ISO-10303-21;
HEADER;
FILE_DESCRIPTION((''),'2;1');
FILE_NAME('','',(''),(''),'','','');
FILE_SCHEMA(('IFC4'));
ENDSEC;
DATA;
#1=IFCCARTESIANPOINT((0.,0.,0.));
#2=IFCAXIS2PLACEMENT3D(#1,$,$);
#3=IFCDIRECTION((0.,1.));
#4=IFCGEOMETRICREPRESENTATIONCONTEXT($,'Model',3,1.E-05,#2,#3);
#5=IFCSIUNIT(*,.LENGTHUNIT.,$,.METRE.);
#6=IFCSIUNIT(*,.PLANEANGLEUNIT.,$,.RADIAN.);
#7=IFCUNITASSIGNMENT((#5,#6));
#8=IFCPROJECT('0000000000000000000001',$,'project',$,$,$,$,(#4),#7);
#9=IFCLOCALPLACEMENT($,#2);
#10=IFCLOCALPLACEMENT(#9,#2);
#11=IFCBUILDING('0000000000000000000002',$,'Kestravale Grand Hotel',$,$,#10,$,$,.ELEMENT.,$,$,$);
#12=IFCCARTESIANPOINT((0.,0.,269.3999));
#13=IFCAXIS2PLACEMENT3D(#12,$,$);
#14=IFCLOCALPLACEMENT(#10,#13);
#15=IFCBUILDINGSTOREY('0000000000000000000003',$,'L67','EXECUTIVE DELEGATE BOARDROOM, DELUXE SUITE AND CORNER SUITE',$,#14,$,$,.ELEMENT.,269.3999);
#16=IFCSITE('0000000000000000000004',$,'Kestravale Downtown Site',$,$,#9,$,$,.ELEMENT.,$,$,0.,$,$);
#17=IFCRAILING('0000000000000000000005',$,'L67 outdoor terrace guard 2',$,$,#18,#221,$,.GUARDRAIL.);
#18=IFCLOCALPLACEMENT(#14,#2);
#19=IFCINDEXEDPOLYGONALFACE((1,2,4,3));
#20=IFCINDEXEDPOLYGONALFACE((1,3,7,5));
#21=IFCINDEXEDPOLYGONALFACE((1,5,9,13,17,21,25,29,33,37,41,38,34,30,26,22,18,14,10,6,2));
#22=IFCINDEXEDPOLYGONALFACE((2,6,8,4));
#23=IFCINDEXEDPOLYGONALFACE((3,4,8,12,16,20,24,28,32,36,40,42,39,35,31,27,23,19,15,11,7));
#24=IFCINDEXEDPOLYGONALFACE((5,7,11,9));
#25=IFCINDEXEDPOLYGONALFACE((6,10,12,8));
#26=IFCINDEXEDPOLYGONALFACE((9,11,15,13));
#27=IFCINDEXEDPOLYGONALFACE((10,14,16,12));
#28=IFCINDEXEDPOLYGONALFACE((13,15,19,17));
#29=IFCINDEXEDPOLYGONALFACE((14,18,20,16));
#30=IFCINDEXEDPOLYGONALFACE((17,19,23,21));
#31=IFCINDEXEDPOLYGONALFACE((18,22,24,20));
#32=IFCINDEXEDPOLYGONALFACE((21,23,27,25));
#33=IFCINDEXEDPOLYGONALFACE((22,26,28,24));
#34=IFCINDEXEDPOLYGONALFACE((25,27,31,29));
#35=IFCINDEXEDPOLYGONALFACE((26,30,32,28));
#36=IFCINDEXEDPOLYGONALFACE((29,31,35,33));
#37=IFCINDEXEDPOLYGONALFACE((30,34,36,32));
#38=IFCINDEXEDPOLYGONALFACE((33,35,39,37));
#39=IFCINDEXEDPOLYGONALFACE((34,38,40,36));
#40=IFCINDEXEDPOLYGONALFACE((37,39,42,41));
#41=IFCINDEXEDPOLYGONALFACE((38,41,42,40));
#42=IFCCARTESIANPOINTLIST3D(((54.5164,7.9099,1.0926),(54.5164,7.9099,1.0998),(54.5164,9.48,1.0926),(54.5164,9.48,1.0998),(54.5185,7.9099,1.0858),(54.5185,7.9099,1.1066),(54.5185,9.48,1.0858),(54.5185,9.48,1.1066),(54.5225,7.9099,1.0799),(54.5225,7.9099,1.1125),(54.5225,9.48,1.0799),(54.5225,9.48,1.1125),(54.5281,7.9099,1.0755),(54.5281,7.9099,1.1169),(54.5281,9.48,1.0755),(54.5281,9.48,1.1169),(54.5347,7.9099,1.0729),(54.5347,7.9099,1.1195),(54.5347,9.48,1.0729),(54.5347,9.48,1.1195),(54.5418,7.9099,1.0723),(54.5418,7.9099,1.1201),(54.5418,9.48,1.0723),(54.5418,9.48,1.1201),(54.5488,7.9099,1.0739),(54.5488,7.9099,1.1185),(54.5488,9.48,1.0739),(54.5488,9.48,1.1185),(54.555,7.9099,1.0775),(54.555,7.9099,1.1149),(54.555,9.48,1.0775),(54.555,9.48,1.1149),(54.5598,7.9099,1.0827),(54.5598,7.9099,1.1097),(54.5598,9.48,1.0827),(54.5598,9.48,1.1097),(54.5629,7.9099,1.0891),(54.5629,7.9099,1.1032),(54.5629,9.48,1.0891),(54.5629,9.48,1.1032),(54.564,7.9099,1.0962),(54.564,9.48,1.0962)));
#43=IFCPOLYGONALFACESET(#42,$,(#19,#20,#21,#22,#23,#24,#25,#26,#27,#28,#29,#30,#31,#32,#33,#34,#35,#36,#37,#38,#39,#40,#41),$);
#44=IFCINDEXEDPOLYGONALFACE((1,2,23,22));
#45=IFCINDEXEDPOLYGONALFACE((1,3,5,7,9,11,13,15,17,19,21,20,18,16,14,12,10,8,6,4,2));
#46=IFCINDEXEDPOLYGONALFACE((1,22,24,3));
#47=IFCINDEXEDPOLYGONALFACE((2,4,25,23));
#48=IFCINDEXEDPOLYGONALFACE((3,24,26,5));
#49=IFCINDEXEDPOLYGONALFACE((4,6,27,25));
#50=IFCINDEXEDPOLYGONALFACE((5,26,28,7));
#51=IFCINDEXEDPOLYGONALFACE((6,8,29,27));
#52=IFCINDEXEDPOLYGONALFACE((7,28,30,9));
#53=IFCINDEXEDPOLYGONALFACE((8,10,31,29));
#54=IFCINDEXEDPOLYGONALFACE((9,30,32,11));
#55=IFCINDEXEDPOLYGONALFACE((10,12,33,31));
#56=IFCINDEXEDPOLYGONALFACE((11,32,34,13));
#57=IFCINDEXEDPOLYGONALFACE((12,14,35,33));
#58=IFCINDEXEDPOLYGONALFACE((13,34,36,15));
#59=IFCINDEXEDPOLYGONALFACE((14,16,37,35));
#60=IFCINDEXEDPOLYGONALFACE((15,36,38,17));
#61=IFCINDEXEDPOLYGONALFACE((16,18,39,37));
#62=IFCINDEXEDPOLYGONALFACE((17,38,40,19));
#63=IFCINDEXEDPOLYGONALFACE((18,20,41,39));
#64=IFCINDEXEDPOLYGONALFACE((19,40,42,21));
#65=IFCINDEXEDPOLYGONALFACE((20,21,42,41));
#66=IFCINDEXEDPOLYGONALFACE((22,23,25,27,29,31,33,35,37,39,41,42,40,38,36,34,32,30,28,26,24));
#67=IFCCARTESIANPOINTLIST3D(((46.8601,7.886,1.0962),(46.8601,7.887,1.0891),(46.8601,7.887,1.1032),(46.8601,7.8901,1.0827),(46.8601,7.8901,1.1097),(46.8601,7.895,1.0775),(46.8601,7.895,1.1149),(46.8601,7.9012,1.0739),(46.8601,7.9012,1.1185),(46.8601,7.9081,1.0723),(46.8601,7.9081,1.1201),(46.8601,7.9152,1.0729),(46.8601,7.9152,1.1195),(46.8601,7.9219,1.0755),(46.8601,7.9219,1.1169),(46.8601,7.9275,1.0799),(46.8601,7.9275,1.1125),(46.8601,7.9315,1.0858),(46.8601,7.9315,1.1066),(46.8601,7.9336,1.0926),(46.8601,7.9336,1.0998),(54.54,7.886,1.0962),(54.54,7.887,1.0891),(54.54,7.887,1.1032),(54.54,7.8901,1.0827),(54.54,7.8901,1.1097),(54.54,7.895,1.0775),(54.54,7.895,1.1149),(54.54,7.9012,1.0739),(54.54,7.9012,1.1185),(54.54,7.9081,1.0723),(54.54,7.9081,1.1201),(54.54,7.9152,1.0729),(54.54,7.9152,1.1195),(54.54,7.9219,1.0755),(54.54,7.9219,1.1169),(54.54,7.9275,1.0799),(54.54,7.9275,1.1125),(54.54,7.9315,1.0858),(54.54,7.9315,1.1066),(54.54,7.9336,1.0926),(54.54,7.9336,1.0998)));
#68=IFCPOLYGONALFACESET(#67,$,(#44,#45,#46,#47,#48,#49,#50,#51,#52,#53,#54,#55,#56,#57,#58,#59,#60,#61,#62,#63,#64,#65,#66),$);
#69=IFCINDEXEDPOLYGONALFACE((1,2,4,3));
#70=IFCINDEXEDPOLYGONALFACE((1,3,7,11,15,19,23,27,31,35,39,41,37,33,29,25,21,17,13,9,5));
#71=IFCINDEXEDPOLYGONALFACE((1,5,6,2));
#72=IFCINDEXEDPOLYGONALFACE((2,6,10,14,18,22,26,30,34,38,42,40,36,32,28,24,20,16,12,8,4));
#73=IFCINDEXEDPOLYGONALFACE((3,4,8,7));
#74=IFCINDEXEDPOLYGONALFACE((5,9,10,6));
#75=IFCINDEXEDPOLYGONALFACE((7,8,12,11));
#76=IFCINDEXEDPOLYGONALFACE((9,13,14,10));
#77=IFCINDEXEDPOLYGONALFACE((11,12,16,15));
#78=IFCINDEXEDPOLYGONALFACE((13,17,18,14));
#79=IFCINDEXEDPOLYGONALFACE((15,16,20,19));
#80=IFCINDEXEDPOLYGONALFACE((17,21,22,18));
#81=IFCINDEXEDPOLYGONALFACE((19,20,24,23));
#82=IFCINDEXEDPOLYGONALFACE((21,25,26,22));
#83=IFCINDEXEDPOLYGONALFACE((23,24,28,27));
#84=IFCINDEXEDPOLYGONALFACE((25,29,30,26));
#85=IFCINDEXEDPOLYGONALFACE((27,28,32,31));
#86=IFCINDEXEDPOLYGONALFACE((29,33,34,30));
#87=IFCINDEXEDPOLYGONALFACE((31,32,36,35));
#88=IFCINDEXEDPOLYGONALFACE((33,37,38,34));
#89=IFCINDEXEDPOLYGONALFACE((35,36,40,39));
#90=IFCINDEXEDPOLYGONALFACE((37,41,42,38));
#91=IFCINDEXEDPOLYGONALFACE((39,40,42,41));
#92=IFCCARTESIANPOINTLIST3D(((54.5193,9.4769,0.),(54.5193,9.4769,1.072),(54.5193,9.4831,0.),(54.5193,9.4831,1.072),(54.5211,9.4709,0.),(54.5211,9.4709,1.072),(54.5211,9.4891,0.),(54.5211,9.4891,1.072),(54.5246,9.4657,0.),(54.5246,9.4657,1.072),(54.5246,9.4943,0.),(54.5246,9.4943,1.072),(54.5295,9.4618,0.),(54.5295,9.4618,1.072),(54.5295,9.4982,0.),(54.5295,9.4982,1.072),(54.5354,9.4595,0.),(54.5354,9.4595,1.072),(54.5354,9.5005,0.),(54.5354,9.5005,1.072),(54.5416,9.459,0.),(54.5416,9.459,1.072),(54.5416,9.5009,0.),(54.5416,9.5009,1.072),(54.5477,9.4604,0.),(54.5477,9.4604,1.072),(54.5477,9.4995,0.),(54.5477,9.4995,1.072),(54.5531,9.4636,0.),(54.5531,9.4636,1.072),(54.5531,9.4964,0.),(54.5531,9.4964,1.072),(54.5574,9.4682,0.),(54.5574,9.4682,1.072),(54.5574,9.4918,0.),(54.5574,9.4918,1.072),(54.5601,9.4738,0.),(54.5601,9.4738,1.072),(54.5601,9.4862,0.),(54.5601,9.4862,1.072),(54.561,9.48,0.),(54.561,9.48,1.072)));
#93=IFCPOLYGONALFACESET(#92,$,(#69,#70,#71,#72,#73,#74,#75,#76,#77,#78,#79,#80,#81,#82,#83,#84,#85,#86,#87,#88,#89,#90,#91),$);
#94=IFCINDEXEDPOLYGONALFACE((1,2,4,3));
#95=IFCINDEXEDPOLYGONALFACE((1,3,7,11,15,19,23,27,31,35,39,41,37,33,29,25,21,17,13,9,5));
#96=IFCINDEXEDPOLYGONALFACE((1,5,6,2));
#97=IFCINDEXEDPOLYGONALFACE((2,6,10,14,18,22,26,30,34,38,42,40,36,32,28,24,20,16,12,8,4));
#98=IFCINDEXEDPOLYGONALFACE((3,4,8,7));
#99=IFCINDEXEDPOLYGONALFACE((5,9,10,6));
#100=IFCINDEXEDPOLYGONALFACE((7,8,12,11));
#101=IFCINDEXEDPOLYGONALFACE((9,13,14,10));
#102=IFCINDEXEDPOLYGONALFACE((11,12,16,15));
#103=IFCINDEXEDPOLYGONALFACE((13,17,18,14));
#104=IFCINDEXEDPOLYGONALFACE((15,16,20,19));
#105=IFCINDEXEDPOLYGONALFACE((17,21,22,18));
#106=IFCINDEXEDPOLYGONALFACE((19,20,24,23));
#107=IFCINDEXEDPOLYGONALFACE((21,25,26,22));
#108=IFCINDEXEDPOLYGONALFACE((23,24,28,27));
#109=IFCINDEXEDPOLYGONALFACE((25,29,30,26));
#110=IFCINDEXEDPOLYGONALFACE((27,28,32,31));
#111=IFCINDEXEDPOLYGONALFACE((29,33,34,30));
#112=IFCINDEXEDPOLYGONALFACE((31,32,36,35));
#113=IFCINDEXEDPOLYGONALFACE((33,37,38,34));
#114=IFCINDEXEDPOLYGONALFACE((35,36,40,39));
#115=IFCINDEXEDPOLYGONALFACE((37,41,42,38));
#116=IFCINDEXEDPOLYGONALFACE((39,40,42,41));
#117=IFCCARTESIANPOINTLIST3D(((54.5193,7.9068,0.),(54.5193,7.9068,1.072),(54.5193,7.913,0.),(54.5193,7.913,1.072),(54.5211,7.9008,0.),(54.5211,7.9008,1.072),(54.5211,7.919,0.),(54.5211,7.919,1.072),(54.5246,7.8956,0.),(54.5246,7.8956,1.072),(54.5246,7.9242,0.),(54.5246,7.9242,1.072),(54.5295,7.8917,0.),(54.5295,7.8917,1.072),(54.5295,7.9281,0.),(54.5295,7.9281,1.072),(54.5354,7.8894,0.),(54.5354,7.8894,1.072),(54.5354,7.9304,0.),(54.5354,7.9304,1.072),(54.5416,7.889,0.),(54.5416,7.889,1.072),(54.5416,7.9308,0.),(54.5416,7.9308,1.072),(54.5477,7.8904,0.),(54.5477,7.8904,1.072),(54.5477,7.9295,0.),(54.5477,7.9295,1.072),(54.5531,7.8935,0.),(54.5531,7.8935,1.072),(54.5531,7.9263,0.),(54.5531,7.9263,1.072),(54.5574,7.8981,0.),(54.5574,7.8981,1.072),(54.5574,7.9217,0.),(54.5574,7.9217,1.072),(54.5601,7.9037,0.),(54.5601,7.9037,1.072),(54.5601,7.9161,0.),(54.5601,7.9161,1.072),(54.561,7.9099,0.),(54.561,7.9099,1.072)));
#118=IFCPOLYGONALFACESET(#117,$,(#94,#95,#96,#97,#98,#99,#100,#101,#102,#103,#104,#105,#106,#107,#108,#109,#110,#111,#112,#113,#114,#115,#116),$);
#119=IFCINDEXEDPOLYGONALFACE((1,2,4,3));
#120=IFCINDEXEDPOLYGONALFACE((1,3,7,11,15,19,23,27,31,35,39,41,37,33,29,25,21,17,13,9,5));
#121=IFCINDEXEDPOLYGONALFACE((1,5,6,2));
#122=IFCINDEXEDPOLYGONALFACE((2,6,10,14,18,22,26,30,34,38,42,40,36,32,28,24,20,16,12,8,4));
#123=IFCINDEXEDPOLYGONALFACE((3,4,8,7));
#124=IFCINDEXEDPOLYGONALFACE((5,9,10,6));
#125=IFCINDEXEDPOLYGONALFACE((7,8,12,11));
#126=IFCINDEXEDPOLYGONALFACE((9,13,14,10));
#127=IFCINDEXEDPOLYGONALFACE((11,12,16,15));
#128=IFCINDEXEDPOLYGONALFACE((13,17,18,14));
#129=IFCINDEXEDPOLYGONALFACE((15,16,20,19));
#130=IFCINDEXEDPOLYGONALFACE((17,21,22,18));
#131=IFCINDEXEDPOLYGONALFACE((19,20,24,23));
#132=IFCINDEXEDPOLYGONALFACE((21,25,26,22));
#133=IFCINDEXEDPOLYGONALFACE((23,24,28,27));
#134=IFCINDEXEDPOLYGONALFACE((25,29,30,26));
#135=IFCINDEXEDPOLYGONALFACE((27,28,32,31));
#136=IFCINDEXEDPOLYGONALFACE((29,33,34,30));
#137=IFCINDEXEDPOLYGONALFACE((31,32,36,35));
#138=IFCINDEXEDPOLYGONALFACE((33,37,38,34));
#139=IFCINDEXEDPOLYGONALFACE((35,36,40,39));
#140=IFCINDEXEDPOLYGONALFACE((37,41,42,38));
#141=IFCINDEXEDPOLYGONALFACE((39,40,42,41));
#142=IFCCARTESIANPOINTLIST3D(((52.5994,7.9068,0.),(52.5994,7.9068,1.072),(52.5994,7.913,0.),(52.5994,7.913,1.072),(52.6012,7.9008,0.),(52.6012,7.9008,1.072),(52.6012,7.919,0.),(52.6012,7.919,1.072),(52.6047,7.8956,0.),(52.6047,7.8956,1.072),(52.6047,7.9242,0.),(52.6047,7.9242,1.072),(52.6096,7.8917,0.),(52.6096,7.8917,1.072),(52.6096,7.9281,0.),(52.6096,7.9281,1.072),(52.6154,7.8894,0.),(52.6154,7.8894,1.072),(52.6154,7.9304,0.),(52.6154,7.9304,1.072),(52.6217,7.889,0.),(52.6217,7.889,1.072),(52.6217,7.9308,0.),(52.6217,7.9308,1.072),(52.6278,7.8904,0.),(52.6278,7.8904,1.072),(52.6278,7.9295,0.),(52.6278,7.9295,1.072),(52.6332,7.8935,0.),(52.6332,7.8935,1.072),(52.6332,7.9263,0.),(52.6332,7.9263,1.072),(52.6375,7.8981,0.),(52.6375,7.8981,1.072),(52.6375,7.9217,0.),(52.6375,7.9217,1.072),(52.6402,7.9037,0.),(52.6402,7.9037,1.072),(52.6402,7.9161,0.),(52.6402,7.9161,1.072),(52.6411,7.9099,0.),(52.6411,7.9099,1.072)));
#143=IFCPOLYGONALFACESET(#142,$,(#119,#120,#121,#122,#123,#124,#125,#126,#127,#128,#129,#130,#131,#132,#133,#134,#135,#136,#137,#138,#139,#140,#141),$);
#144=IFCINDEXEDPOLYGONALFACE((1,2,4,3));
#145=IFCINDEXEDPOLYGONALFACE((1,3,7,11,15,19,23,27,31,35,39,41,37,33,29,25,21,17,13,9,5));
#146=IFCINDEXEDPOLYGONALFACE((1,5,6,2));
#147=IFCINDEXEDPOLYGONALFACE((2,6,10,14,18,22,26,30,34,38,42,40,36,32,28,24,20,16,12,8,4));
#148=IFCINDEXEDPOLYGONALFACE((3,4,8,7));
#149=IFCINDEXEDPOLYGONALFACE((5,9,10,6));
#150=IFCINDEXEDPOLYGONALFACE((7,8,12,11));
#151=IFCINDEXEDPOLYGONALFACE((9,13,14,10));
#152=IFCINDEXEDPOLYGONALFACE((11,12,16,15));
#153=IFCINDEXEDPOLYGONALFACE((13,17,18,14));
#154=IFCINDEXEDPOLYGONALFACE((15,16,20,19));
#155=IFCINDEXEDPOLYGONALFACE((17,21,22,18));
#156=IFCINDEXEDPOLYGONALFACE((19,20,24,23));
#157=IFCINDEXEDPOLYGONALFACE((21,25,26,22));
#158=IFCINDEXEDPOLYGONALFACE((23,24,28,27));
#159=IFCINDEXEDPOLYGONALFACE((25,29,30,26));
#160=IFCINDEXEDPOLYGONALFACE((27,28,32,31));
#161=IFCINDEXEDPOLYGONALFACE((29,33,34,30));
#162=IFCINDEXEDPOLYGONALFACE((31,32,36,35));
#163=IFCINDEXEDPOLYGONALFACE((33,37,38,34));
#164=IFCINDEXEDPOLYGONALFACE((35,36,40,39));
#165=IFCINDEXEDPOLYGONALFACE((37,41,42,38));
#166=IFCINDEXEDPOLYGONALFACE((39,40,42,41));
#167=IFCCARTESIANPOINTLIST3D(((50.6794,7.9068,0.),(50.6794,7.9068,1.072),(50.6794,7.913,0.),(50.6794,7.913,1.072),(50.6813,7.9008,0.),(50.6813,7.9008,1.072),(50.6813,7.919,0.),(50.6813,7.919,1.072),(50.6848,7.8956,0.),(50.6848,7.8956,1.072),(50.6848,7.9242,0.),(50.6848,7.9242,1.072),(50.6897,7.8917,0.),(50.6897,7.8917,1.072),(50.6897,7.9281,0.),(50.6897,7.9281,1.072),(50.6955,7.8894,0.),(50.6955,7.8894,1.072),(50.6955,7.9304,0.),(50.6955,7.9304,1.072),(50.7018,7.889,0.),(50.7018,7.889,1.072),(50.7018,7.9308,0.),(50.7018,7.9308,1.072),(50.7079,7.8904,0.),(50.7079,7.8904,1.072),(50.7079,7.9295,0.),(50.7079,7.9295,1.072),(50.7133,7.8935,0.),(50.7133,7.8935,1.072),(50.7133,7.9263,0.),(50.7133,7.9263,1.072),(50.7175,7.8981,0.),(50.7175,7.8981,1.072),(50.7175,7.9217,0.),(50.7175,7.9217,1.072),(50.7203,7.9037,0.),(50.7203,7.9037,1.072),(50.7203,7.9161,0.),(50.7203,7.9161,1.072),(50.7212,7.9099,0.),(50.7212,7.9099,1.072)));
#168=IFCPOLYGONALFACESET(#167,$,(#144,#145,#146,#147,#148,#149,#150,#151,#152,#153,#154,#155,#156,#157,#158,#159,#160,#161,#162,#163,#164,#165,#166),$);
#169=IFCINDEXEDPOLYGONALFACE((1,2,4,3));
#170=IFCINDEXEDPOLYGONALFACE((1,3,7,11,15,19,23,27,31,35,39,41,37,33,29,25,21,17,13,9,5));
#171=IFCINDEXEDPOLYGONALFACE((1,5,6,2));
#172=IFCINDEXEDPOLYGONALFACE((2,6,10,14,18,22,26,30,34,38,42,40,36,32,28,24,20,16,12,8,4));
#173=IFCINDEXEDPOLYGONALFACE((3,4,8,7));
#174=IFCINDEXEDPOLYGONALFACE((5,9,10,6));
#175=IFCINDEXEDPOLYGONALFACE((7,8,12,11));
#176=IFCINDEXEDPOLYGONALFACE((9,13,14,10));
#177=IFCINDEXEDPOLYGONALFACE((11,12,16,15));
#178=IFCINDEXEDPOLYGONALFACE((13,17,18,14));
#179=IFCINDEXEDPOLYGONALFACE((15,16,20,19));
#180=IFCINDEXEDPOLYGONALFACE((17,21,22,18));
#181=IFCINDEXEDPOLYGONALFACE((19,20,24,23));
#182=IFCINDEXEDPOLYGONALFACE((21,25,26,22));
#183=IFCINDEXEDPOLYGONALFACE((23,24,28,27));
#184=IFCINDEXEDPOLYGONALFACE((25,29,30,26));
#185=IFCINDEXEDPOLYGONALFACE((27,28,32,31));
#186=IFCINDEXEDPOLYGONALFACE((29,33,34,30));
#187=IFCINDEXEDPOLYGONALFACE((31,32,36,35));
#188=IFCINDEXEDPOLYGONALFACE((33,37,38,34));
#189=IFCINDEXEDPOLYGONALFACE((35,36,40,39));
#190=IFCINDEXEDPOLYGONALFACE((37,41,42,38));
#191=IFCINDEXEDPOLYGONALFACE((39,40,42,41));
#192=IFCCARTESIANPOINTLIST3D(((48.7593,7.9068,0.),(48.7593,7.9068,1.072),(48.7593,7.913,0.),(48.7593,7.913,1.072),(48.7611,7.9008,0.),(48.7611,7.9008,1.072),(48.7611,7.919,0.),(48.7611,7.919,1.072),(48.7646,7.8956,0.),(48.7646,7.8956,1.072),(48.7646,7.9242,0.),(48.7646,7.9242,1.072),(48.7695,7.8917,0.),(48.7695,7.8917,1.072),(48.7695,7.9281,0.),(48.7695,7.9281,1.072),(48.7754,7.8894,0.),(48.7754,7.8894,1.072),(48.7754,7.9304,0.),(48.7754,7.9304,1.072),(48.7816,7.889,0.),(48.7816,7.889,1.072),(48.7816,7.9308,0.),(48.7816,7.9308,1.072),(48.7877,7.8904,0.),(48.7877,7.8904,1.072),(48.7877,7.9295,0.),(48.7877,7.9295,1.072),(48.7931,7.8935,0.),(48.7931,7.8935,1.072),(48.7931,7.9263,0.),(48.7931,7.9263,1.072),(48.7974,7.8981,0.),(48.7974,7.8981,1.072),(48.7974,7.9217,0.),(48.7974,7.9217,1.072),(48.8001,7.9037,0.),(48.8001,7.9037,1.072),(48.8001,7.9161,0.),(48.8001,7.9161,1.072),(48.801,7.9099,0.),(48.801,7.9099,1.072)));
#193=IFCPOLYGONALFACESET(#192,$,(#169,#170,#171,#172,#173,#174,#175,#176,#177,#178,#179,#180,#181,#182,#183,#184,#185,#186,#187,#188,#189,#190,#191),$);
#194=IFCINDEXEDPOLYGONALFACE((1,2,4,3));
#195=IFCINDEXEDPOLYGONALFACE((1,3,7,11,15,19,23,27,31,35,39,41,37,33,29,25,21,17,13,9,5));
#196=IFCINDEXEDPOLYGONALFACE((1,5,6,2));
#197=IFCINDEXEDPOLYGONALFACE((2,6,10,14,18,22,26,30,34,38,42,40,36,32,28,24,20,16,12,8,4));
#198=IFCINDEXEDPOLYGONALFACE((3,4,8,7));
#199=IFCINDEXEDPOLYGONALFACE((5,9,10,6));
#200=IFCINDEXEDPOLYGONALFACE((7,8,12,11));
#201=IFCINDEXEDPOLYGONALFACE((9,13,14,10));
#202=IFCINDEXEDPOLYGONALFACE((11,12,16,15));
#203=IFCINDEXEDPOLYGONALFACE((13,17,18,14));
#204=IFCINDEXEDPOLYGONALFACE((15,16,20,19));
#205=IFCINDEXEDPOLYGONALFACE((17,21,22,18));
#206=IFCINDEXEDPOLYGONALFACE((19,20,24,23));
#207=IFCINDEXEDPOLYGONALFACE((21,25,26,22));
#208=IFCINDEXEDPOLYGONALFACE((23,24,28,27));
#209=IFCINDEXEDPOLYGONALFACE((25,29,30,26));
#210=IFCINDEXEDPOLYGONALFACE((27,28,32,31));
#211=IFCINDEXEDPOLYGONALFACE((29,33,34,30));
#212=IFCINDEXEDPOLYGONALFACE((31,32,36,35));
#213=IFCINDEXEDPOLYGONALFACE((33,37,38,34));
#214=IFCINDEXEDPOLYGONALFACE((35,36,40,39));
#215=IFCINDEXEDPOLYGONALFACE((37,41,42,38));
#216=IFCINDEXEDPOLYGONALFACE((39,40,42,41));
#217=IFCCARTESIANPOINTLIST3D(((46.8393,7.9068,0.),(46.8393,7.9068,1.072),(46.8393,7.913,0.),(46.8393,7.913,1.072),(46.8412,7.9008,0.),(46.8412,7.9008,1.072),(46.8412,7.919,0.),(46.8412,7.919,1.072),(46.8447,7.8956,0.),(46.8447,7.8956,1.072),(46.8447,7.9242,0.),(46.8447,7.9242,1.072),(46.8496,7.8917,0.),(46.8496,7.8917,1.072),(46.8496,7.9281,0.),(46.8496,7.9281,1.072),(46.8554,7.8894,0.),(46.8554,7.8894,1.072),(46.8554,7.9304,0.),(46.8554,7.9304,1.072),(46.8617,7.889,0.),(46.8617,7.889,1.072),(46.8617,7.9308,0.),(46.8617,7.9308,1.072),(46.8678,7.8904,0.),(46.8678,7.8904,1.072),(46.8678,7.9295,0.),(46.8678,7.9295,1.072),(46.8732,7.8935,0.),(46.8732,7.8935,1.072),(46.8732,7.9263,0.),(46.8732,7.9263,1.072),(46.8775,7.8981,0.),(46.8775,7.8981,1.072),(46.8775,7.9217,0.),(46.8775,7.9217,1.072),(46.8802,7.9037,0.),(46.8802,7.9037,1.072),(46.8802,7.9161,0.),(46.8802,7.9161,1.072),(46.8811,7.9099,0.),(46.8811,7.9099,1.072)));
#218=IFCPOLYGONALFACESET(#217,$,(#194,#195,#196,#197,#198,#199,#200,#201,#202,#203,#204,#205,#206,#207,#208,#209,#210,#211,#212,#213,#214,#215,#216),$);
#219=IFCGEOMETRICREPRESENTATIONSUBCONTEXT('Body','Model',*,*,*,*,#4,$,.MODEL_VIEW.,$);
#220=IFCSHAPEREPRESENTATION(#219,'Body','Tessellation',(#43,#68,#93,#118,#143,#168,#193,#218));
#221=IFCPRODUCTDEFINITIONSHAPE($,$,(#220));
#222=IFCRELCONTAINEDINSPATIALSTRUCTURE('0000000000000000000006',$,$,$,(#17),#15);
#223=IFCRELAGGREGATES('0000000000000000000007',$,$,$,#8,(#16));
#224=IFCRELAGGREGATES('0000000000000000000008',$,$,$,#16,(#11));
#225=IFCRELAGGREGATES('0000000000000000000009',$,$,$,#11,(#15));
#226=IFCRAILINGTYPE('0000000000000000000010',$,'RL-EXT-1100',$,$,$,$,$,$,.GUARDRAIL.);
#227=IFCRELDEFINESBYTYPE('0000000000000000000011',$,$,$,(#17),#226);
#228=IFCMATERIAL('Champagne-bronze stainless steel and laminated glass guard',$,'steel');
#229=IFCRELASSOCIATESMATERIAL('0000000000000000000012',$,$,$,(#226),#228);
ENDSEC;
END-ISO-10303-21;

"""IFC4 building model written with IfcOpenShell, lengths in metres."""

from ifc_helpers import new_model, si_unit, direction, frame, origin, origin_2d, place, context, subcontext, project, spatial, circle, extrude, material, type_object, element, save


model = new_model("IFC4")

# Units and contexts
model_context = context("Model", 3, precision=1e-05, world=origin(), true_north=direction((0.0, 1.0)))
body_context = subcontext(model_context, "Body", "Model", "MODEL_VIEW")
ifc_project = project(units=[si_unit("LENGTHUNIT", "METRE"), si_unit("PLANEANGLEUNIT", "RADIAN")], contexts=[model_context])

# Site, building, storey
site_placement = place(None, origin())
site = spatial("IfcSite", under=ifc_project, at=site_placement, Name="Kestravale Downtown Site", CompositionType="ELEMENT", RefElevation=0.0)
building_placement = place(site_placement, origin())
building = spatial("IfcBuilding", under=site, at=building_placement, Name="Kestravale Grand Hotel", CompositionType="ELEMENT")
storey_placement = place(building_placement, frame((0.0, 0.0, 269.3999)))
storey = spatial("IfcBuildingStorey", under=building, at=storey_placement, Name="L67", Description="EXECUTIVE DELEGATE BOARDROOM, DELUXE SUITE AND CORNER SUITE", CompositionType="ELEMENT", Elevation=269.3999)

# Railing
ifc_material_1 = material(Name="Champagne-bronze stainless steel and laminated glass guard", Category="steel")
railing_type = type_object("IfcRailingType", Name="RL-EXT-1100", PredefinedType="GUARDRAIL", material=ifc_material_1)
railing_placement = place(storey_placement, frame((54.54, 9.48, 0.0)))
element("IfcRailing", 1, at=railing_placement, inside=storey, type_object=railing_type, Name="L67 outdoor terrace guard 2", PredefinedType="GUARDRAIL", context=body_context, shape_type="SweptSolid", body=[
    extrude(circle(Radius=0.0239, at=origin_2d()), frame((0.0, 0.0, 1.0962), z_axis=(0.0, -1.0, 0.0), x_axis=(1.0, 0.0, 0.0)), (0.0, 0.0, 1.0), 1.5701),
    extrude(circle(Radius=0.0239, at=origin_2d()), frame((0.0, -1.5701, 1.0962), z_axis=(-1.0, 0.0, 0.0), x_axis=(0.0, -1.0, 0.0)), (0.0, 0.0, 1.0), 7.6799),
    extrude(circle(Radius=0.021, at=origin_2d()), origin(), (0.0, 0.0, 1.0), 1.072),
    extrude(circle(Radius=0.021, at=origin_2d()), frame((0.0, -1.5701, 0.0)), (0.0, 0.0, 1.0), 1.072),
    extrude(circle(Radius=0.021, at=origin_2d()), frame((-1.9199, -1.5701, 0.0)), (0.0, 0.0, 1.0), 1.072),
    extrude(circle(Radius=0.021, at=origin_2d()), frame((-3.8398, -1.5701, 0.0)), (0.0, 0.0, 1.0), 1.072),
    extrude(circle(Radius=0.021, at=origin_2d()), frame((-5.76, -1.5701, 0.0)), (0.0, 0.0, 1.0), 1.072),
    extrude(circle(Radius=0.021, at=origin_2d()), frame((-7.6799, -1.5701, 0.0)), (0.0, 0.0, 1.0), 1.072),
])

save(model, "model.ifc")
